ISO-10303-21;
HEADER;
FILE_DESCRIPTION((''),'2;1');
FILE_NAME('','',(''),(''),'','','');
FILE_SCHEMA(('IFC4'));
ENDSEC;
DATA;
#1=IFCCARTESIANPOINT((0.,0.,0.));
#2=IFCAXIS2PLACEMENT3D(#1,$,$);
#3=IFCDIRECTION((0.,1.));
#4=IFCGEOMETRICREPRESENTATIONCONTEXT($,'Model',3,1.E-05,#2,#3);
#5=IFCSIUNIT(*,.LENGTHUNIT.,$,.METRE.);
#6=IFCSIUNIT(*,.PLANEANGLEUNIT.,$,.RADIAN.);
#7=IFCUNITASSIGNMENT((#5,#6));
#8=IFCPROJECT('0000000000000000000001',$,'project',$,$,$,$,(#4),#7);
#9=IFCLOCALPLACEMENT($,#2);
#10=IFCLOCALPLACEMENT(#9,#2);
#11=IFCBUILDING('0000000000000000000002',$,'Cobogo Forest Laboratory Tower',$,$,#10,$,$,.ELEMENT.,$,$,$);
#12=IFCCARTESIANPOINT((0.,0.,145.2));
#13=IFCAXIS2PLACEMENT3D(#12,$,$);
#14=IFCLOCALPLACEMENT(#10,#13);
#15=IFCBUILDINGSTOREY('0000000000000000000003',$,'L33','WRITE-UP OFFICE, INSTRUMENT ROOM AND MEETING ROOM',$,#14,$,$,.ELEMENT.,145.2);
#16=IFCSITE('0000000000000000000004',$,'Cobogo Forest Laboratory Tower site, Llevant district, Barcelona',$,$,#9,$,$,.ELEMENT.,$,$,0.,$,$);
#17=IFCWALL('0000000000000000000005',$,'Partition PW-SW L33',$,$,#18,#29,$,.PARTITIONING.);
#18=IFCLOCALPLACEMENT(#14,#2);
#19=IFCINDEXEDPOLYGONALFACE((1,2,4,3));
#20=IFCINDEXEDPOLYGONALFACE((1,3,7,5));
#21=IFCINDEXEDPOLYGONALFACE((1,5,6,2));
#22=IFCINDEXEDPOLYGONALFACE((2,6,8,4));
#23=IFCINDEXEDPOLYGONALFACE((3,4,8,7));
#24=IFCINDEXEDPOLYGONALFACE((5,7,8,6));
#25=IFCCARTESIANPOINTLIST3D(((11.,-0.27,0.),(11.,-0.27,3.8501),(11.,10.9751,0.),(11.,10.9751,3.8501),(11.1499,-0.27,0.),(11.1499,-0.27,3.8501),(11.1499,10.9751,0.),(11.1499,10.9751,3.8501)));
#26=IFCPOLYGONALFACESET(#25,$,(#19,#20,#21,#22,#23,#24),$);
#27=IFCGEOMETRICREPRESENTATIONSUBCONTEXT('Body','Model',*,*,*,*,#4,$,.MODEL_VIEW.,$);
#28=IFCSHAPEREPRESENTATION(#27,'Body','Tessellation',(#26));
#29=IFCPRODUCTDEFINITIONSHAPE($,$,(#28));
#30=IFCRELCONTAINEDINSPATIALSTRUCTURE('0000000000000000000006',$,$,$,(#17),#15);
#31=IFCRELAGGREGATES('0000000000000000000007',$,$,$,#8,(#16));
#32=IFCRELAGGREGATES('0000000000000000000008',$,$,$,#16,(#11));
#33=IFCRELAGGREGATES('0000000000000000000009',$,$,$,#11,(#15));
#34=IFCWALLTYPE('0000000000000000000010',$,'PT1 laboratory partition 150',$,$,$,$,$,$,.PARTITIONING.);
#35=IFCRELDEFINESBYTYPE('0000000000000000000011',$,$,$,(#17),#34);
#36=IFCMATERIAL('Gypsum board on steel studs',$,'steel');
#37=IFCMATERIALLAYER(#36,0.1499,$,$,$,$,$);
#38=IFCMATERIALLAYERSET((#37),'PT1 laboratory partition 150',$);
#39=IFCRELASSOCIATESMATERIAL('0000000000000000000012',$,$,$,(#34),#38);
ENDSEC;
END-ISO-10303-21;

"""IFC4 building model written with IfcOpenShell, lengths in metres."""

from ifc_helpers import new_model, si_unit, direction, frame, frame_2d, origin, place, context, subcontext, project, spatial, rectangle, extrude, material, layer, layer_set, type_object, element, save


model = new_model("IFC4")

# Units and contexts
model_context = context("Model", 3, precision=1e-05, world=origin(), true_north=direction((0.0, 1.0)))
body_context = subcontext(model_context, "Body", "Model", "MODEL_VIEW")
ifc_project = project(units=[si_unit("LENGTHUNIT", "METRE"), si_unit("PLANEANGLEUNIT", "RADIAN")], contexts=[model_context])

# Site, building, storey
site_placement = place(None, origin())
site = spatial("IfcSite", under=ifc_project, at=site_placement, Name="Cobogo Forest Laboratory Tower site, Llevant district, Barcelona", CompositionType="ELEMENT", RefElevation=0.0)
building_placement = place(site_placement, origin())
building = spatial("IfcBuilding", under=site, at=building_placement, Name="Cobogo Forest Laboratory Tower", CompositionType="ELEMENT")
storey_placement = place(building_placement, frame((0.0, 0.0, 145.2)))
storey = spatial("IfcBuildingStorey", under=building, at=storey_placement, Name="L33", Description="WRITE-UP OFFICE, INSTRUMENT ROOM AND MEETING ROOM", CompositionType="ELEMENT", Elevation=145.2)

# Wall
ifc_material_1 = material(Name="Gypsum board on steel studs", Category="steel")
ifc_layer_1 = layer(ifc_material_1, 0.1499)
ifc_layer_set_1 = layer_set([ifc_layer_1], Name="PT1 laboratory partition 150")
wall_type = type_object("IfcWallType", Name="PT1 laboratory partition 150", PredefinedType="PARTITIONING", material=ifc_layer_set_1)
wall_placement = place(storey_placement, frame((11.075, -0.27, 0.0), z_axis=(0.0, 0.0, 1.0), x_axis=(0.0, 1.0, 0.0)))
element("IfcWall", 1, at=wall_placement, inside=storey, type_object=wall_type, Name="Partition PW-SW L33", PredefinedType="PARTITIONING", context=body_context, shape_type="SweptSolid", body=[
    extrude(rectangle(XDim=11.2451, YDim=0.1499, at=frame_2d((5.6226, 0.0))), origin(), (0.0, 0.0, 1.0), 3.8501),
])

save(model, "model.ifc")
